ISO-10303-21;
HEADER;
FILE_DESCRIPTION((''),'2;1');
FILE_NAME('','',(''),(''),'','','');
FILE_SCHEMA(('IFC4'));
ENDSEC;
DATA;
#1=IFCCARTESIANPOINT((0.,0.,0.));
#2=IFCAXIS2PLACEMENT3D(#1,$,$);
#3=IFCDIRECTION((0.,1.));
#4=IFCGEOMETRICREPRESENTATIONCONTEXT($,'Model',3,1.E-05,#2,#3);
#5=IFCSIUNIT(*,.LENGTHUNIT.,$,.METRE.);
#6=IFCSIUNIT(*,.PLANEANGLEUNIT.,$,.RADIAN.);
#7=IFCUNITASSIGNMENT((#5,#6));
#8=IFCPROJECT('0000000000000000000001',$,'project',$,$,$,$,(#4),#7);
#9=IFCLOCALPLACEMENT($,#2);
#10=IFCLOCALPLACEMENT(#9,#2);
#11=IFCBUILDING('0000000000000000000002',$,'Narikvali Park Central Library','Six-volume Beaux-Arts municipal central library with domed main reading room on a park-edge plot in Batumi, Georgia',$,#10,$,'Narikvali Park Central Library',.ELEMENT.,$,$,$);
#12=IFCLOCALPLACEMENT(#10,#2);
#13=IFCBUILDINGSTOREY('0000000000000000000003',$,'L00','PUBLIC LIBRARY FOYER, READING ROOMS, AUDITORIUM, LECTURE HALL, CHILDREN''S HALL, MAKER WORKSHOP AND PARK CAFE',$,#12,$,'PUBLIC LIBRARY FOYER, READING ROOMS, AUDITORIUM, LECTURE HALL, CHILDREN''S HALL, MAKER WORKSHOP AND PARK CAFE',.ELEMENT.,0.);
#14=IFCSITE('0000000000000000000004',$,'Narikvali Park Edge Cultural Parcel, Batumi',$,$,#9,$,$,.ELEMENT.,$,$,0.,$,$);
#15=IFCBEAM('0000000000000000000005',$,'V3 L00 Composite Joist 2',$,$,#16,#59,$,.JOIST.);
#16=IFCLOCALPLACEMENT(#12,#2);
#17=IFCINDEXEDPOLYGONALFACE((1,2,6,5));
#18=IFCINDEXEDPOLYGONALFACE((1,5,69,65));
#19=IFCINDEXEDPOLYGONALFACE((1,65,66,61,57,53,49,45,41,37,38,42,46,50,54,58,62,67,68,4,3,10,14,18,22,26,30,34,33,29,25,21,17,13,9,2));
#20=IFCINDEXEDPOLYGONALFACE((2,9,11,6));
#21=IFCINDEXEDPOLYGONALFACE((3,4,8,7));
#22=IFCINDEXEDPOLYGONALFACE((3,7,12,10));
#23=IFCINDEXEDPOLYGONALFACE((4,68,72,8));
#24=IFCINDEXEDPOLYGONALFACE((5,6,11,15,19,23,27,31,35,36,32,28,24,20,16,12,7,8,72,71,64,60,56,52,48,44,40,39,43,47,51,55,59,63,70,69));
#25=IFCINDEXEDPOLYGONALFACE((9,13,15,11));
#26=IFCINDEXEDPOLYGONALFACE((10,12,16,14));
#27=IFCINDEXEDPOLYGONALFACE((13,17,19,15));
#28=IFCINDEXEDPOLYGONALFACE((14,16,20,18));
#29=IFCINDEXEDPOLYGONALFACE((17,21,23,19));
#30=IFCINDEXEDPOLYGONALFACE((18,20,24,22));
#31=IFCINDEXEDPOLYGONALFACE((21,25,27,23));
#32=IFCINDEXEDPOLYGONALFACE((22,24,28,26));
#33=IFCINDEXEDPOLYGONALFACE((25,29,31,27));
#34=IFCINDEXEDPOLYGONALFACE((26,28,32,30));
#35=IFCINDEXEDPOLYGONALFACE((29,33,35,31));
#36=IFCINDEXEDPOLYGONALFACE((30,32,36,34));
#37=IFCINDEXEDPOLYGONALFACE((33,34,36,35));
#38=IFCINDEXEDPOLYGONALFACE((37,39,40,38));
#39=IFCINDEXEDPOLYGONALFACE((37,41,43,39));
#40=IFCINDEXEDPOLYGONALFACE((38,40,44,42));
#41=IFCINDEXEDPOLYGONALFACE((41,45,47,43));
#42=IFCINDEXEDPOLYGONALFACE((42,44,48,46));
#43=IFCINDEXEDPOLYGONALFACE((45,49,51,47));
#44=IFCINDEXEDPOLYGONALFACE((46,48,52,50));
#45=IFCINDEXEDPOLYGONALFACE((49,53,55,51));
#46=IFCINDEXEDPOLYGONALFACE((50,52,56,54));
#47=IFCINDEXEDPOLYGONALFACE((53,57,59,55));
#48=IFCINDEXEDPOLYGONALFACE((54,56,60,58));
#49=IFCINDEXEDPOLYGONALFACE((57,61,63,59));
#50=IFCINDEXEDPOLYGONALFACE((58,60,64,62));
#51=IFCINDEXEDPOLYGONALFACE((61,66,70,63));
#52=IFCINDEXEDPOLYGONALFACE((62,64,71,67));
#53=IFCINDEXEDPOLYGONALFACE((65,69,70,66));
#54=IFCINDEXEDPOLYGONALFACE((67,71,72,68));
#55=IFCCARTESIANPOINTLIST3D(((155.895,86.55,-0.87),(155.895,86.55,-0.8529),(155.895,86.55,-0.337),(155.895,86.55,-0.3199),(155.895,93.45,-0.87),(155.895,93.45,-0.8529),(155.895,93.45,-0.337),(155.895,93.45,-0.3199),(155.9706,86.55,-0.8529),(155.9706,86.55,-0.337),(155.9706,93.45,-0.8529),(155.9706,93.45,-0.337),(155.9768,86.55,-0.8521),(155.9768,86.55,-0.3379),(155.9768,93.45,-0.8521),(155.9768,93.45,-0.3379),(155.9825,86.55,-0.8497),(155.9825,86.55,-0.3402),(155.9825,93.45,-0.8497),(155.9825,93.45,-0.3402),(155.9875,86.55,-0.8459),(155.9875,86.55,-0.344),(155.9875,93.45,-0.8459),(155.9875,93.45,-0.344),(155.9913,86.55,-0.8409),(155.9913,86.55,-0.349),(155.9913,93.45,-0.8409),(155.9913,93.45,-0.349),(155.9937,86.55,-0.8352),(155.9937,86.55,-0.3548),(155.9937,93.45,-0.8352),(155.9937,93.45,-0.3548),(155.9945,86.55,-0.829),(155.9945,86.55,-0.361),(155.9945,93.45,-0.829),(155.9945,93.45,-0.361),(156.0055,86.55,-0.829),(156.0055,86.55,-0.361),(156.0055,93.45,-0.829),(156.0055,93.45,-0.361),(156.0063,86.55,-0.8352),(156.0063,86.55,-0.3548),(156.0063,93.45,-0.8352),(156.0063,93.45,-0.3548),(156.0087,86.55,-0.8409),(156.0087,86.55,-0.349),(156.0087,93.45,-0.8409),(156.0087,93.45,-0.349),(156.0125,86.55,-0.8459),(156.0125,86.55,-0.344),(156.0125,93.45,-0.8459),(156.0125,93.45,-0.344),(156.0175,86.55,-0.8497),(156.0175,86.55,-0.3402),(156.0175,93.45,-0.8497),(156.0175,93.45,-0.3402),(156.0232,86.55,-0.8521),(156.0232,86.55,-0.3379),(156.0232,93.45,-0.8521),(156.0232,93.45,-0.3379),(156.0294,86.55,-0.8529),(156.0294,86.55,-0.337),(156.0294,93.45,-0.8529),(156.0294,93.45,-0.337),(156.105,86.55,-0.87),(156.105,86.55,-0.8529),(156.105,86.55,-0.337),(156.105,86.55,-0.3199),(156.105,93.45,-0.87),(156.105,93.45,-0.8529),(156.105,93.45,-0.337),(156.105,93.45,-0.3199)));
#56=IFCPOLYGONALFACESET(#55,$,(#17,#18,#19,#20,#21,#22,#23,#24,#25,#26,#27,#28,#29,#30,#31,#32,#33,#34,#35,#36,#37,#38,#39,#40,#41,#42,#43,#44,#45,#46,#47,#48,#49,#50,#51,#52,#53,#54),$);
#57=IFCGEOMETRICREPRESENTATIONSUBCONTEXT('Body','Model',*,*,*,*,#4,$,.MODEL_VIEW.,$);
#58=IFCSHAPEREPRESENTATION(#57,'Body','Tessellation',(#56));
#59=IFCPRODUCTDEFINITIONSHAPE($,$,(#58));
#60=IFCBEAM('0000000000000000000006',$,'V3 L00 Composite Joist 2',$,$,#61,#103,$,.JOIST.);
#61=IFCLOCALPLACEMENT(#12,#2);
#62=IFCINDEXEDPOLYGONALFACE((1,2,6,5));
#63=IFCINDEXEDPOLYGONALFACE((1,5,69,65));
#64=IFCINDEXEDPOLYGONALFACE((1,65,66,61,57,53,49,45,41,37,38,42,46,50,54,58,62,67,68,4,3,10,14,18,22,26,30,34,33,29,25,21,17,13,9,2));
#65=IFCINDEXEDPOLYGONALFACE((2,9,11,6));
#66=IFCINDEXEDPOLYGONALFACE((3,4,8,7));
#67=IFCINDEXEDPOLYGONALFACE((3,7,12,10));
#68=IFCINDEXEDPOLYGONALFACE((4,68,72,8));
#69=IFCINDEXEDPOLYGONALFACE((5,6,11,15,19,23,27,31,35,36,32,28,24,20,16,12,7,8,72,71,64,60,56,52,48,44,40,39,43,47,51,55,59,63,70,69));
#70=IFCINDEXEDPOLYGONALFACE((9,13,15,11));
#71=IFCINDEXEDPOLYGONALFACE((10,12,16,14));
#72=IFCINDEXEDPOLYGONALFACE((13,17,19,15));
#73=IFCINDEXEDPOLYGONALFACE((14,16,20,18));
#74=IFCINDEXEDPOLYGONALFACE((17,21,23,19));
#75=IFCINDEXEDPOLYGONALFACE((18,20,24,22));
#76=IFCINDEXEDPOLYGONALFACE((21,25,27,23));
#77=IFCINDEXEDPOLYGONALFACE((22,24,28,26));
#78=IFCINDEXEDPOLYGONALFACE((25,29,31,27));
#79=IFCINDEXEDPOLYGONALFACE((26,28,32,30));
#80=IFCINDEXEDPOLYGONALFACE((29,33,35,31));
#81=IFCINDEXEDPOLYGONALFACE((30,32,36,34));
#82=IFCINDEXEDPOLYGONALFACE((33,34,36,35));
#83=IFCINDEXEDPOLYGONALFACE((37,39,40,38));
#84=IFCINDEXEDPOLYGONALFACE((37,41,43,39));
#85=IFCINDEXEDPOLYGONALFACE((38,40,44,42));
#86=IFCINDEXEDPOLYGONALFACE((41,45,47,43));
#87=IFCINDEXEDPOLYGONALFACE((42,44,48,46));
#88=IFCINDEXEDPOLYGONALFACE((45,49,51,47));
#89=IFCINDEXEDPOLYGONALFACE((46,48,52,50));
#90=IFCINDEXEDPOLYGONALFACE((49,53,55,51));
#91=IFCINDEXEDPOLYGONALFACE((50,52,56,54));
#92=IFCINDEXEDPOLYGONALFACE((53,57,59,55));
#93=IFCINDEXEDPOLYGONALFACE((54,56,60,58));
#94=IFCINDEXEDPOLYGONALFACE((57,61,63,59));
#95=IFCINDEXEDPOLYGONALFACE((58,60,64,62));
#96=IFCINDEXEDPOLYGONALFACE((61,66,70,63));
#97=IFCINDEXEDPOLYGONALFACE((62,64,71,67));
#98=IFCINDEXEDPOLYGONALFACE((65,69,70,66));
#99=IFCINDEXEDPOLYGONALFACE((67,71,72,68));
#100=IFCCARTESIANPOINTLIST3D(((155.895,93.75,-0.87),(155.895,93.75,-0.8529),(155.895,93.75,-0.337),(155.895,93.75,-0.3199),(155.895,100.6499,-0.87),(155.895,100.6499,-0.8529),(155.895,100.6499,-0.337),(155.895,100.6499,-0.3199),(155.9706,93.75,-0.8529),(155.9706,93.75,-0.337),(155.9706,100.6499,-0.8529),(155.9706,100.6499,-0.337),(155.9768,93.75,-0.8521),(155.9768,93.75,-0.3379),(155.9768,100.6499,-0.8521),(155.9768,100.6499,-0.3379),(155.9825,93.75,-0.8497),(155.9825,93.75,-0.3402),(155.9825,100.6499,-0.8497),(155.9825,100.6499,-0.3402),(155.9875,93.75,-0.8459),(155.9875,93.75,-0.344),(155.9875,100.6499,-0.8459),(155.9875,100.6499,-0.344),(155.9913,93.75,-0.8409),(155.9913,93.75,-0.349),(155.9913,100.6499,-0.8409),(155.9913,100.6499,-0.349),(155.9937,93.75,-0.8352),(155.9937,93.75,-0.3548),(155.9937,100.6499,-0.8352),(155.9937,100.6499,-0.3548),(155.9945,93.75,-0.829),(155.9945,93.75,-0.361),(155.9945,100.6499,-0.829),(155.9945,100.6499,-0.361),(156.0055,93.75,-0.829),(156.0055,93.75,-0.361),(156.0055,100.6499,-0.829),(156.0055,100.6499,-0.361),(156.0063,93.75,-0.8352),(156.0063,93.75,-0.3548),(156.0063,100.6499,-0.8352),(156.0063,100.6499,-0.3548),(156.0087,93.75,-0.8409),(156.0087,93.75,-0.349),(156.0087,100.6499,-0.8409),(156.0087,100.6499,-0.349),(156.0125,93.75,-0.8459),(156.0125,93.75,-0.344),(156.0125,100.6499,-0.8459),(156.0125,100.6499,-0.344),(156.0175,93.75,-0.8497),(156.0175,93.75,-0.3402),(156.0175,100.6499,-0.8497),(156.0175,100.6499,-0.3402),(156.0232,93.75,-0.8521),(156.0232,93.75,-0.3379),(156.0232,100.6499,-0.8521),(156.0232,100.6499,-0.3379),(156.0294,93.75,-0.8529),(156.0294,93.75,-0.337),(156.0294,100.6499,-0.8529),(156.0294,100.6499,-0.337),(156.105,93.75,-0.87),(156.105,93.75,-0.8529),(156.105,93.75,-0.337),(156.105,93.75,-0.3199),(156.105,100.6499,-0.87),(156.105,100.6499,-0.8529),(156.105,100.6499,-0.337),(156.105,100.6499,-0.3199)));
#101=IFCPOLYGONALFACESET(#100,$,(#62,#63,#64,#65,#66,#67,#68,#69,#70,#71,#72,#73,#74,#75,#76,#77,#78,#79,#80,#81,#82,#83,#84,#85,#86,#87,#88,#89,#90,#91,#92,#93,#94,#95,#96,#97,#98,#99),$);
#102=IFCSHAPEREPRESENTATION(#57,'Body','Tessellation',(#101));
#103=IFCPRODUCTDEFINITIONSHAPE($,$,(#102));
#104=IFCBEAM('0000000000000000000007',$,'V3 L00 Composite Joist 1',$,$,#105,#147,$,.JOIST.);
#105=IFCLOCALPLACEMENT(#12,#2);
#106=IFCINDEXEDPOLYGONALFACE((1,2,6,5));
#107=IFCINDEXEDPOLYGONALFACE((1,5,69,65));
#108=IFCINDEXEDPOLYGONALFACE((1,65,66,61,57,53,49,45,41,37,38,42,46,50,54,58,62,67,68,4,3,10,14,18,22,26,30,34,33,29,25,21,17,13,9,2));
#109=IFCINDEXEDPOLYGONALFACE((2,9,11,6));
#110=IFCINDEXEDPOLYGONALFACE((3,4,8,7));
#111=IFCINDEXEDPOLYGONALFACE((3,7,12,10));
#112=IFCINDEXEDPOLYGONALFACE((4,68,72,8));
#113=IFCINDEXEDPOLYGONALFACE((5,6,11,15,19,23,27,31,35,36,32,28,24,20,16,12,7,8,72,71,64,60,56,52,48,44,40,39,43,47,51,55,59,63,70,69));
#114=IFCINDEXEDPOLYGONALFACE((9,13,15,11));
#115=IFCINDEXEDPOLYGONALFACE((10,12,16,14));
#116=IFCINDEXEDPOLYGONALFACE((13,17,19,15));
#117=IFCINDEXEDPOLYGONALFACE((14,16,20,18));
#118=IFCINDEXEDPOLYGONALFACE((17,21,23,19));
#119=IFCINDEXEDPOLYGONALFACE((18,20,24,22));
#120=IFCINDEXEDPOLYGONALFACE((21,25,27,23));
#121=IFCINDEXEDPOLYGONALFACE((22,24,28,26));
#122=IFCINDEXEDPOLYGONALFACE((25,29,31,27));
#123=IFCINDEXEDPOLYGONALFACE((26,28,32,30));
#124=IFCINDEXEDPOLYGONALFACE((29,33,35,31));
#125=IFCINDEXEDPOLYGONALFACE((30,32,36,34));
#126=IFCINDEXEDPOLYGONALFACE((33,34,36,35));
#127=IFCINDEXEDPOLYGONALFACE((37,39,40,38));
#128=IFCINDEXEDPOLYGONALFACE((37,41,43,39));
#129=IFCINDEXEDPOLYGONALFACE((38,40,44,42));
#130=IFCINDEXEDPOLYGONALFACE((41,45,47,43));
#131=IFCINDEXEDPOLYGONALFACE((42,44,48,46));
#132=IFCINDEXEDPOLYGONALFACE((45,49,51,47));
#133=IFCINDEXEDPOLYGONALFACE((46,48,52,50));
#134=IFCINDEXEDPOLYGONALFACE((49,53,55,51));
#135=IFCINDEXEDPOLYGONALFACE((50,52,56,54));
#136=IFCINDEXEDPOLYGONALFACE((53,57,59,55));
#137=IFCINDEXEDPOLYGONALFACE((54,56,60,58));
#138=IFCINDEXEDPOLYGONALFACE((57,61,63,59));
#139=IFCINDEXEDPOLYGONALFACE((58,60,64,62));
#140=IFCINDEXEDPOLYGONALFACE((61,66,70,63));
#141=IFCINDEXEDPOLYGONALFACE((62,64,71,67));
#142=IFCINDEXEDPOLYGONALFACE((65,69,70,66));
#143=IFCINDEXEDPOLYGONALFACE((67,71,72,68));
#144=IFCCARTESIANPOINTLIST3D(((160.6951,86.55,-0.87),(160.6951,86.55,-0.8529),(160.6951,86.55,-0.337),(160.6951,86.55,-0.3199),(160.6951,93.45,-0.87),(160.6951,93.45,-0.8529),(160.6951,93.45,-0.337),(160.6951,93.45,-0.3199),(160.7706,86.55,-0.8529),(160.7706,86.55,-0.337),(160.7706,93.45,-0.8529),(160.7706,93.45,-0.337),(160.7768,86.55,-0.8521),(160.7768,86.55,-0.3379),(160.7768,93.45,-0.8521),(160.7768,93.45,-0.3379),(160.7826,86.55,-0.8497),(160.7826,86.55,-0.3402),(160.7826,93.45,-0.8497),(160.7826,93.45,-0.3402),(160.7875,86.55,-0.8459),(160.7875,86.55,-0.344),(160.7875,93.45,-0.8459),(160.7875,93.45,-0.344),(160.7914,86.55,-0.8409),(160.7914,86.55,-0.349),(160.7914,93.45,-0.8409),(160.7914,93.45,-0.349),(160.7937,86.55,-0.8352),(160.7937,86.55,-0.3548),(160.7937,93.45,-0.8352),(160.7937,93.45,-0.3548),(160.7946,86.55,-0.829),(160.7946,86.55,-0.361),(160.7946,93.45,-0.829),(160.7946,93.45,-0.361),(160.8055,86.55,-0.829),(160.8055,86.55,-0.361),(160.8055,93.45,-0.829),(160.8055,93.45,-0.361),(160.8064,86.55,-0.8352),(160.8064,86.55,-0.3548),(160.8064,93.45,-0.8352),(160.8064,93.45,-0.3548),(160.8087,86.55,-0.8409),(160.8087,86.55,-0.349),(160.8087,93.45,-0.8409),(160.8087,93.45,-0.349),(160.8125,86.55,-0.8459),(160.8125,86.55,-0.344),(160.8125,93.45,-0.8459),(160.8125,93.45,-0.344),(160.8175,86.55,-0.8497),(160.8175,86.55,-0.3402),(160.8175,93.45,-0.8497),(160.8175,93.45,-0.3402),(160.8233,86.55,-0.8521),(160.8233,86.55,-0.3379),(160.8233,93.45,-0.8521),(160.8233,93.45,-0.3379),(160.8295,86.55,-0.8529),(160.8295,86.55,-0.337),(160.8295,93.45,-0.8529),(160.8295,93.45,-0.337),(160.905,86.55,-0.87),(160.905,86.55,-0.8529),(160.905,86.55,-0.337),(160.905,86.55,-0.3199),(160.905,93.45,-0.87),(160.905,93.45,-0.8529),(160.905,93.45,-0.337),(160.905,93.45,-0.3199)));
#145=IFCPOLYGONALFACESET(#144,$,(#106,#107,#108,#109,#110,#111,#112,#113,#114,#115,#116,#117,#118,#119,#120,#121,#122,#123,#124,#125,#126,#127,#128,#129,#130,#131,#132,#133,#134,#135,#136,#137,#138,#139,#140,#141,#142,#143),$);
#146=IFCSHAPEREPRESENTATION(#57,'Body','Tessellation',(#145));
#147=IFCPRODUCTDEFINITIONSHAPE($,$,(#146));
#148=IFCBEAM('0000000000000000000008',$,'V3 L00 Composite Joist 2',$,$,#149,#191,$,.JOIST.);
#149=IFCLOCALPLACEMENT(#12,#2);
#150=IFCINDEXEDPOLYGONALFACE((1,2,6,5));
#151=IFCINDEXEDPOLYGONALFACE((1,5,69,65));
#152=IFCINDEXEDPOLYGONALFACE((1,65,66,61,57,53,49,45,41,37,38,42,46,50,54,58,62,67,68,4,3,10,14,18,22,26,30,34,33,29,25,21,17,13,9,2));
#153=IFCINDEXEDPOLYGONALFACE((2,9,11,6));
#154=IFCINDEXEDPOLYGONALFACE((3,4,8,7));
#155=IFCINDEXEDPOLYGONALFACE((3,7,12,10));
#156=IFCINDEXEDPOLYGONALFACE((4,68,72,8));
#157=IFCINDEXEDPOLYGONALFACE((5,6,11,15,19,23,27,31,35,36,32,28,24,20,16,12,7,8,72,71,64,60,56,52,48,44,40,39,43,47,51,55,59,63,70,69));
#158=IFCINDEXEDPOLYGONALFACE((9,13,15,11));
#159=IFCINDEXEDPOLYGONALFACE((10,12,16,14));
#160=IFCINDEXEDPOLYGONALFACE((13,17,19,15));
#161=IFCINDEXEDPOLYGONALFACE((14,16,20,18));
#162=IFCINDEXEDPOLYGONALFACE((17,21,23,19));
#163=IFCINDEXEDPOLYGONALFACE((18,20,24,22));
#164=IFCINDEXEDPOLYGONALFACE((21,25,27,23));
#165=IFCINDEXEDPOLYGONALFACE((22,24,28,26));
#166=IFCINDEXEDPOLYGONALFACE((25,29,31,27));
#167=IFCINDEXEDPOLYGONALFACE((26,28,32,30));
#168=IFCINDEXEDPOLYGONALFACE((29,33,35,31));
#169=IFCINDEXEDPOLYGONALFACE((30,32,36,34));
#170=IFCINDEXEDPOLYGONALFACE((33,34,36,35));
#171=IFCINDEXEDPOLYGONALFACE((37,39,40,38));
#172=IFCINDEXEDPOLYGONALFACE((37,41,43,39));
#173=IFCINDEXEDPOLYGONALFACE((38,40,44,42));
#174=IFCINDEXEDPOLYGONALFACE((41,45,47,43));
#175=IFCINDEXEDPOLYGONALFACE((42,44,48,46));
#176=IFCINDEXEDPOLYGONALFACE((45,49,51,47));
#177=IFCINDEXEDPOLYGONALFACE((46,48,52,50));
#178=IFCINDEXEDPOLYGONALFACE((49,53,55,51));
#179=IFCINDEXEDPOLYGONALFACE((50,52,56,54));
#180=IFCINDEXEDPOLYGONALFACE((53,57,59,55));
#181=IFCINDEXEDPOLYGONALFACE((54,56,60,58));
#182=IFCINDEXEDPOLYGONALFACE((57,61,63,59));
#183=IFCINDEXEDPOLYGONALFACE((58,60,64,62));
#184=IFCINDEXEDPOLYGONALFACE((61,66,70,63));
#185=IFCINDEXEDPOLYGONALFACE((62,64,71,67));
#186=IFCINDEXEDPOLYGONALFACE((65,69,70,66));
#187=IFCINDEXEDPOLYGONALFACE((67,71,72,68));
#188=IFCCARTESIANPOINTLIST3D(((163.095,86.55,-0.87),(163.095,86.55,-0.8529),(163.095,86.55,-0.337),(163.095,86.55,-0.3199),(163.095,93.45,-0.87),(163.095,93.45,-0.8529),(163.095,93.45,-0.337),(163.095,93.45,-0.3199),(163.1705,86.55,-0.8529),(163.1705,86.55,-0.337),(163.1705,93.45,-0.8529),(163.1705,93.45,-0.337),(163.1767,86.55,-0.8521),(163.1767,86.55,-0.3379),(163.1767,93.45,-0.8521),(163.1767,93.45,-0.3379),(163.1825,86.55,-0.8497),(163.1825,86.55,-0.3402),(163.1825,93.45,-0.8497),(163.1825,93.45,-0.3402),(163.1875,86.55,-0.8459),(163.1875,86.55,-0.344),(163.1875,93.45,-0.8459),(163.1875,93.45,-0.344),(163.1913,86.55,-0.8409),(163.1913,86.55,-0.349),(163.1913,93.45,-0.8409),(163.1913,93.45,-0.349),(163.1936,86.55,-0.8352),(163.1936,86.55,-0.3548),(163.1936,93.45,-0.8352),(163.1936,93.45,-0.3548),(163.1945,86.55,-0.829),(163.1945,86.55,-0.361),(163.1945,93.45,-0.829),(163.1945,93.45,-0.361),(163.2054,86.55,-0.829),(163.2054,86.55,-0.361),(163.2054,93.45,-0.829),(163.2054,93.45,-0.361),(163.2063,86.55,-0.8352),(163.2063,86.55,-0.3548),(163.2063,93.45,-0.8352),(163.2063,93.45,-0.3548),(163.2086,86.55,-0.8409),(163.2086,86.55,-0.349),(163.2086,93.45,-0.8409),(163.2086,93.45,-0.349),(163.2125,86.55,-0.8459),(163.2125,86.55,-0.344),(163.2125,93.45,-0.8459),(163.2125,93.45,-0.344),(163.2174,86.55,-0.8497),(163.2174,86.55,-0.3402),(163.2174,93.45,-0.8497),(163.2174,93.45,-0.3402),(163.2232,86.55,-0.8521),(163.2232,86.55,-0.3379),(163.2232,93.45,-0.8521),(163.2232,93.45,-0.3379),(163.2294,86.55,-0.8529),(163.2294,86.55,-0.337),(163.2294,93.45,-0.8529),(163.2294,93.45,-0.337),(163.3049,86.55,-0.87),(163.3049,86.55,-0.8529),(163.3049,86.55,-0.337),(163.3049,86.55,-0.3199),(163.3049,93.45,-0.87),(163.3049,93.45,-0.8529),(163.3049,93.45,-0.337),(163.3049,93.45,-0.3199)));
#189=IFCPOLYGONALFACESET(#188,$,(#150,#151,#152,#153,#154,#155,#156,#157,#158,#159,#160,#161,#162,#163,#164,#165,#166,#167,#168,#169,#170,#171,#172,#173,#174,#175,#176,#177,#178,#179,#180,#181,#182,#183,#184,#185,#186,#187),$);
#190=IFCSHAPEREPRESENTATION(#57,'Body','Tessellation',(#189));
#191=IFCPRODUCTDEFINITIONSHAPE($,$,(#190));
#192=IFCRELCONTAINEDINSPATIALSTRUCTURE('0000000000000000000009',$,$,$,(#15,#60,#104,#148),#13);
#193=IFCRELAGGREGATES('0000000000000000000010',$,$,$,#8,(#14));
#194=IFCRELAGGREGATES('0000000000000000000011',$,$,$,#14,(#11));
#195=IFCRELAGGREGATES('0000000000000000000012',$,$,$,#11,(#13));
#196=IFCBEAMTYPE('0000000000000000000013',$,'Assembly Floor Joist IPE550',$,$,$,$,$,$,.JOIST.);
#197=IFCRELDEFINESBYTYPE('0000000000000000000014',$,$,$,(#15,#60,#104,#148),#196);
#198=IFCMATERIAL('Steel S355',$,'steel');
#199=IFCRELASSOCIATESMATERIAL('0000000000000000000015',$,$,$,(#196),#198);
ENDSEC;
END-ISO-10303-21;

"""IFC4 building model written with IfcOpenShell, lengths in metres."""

from ifc_helpers import new_model, si_unit, direction, frame, origin, origin_2d, place, context, subcontext, project, spatial, i_section, extrude, material, material_profile, profile_set, type_object, element, save


model = new_model("IFC4")

# Units and contexts
model_context = context("Model", 3, precision=1e-05, world=origin(), true_north=direction((0.0, 1.0)))
body_context = subcontext(model_context, "Body", "Model", "MODEL_VIEW")
ifc_project = project(units=[si_unit("LENGTHUNIT", "METRE"), si_unit("PLANEANGLEUNIT", "RADIAN")], contexts=[model_context])

# Site, building, storey
site_placement = place(None, origin())
site = spatial("IfcSite", under=ifc_project, at=site_placement, Name="Narikvali Park Edge Cultural Parcel, Batumi", CompositionType="ELEMENT", RefElevation=0.0)
building_placement = place(site_placement, origin())
building = spatial("IfcBuilding", under=site, at=building_placement, Name="Narikvali Park Central Library", Description="Six-volume Beaux-Arts municipal central library with domed main reading room on a park-edge plot in Batumi, Georgia", LongName="Narikvali Park Central Library", CompositionType="ELEMENT")
storey_placement = place(building_placement, origin())
storey = spatial("IfcBuildingStorey", under=building, at=storey_placement, Name="L00", Description="PUBLIC LIBRARY FOYER, READING ROOMS, AUDITORIUM, LECTURE HALL, CHILDREN'S HALL, MAKER WORKSHOP AND PARK CAFE", LongName="PUBLIC LIBRARY FOYER, READING ROOMS, AUDITORIUM, LECTURE HALL, CHILDREN'S HALL, MAKER WORKSHOP AND PARK CAFE", CompositionType="ELEMENT", Elevation=0.0)

# Shared definitions
ifc_material_1 = material(Name="Steel S355", Category="steel")

# Beams
ifc_material_profile_1 = material_profile(ifc_material_1, i_section(OverallWidth=0.21, OverallDepth=0.55, WebThickness=0.011, FlangeThickness=0.0171, FilletRadius=0.0239, at=origin_2d()), Name="IPE 550")
ifc_profile_set_1 = profile_set([ifc_material_profile_1], Name="Steel S355")
beam_type_1 = type_object("IfcBeamType", Name="Assembly Floor Joist IPE550", PredefinedType="JOIST", material=ifc_profile_set_1)
for number, where, z_axis, x_axis, name in (
    (1, (156.0, 86.55, -0.595), (0.0, 1.0, 0.0), (-1.0, 0.0, 0.0), "V3 L00 Composite Joist 2"),
    (2, (156.0, 93.75, -0.595), (0.0, 1.0, 0.0), (-1.0, 0.0, 0.0), "V3 L00 Composite Joist 2"),
    (3, (160.8, 86.55, -0.595), (0.0, 1.0, 0.0), (-1.0, 0.0, 0.0), "V3 L00 Composite Joist 1"),
    (4, (163.2, 86.55, -0.595), (0.0, 1.0, 0.0), (-1.0, 0.0, 0.0), "V3 L00 Composite Joist 2"),
):
    element("IfcBeam", number, at=place(storey_placement, frame(where, z_axis=z_axis, x_axis=x_axis)), inside=storey, type_object=beam_type_1, Name=name, PredefinedType="JOIST", context=body_context, shape_type="SweptSolid", body=[
        extrude(i_section(OverallWidth=0.21, OverallDepth=0.55, WebThickness=0.011, FlangeThickness=0.0171, FilletRadius=0.0239, at=origin_2d()), origin(), (0.0, 0.0, 1.0), 6.8999),
    ])

save(model, "model.ifc")
